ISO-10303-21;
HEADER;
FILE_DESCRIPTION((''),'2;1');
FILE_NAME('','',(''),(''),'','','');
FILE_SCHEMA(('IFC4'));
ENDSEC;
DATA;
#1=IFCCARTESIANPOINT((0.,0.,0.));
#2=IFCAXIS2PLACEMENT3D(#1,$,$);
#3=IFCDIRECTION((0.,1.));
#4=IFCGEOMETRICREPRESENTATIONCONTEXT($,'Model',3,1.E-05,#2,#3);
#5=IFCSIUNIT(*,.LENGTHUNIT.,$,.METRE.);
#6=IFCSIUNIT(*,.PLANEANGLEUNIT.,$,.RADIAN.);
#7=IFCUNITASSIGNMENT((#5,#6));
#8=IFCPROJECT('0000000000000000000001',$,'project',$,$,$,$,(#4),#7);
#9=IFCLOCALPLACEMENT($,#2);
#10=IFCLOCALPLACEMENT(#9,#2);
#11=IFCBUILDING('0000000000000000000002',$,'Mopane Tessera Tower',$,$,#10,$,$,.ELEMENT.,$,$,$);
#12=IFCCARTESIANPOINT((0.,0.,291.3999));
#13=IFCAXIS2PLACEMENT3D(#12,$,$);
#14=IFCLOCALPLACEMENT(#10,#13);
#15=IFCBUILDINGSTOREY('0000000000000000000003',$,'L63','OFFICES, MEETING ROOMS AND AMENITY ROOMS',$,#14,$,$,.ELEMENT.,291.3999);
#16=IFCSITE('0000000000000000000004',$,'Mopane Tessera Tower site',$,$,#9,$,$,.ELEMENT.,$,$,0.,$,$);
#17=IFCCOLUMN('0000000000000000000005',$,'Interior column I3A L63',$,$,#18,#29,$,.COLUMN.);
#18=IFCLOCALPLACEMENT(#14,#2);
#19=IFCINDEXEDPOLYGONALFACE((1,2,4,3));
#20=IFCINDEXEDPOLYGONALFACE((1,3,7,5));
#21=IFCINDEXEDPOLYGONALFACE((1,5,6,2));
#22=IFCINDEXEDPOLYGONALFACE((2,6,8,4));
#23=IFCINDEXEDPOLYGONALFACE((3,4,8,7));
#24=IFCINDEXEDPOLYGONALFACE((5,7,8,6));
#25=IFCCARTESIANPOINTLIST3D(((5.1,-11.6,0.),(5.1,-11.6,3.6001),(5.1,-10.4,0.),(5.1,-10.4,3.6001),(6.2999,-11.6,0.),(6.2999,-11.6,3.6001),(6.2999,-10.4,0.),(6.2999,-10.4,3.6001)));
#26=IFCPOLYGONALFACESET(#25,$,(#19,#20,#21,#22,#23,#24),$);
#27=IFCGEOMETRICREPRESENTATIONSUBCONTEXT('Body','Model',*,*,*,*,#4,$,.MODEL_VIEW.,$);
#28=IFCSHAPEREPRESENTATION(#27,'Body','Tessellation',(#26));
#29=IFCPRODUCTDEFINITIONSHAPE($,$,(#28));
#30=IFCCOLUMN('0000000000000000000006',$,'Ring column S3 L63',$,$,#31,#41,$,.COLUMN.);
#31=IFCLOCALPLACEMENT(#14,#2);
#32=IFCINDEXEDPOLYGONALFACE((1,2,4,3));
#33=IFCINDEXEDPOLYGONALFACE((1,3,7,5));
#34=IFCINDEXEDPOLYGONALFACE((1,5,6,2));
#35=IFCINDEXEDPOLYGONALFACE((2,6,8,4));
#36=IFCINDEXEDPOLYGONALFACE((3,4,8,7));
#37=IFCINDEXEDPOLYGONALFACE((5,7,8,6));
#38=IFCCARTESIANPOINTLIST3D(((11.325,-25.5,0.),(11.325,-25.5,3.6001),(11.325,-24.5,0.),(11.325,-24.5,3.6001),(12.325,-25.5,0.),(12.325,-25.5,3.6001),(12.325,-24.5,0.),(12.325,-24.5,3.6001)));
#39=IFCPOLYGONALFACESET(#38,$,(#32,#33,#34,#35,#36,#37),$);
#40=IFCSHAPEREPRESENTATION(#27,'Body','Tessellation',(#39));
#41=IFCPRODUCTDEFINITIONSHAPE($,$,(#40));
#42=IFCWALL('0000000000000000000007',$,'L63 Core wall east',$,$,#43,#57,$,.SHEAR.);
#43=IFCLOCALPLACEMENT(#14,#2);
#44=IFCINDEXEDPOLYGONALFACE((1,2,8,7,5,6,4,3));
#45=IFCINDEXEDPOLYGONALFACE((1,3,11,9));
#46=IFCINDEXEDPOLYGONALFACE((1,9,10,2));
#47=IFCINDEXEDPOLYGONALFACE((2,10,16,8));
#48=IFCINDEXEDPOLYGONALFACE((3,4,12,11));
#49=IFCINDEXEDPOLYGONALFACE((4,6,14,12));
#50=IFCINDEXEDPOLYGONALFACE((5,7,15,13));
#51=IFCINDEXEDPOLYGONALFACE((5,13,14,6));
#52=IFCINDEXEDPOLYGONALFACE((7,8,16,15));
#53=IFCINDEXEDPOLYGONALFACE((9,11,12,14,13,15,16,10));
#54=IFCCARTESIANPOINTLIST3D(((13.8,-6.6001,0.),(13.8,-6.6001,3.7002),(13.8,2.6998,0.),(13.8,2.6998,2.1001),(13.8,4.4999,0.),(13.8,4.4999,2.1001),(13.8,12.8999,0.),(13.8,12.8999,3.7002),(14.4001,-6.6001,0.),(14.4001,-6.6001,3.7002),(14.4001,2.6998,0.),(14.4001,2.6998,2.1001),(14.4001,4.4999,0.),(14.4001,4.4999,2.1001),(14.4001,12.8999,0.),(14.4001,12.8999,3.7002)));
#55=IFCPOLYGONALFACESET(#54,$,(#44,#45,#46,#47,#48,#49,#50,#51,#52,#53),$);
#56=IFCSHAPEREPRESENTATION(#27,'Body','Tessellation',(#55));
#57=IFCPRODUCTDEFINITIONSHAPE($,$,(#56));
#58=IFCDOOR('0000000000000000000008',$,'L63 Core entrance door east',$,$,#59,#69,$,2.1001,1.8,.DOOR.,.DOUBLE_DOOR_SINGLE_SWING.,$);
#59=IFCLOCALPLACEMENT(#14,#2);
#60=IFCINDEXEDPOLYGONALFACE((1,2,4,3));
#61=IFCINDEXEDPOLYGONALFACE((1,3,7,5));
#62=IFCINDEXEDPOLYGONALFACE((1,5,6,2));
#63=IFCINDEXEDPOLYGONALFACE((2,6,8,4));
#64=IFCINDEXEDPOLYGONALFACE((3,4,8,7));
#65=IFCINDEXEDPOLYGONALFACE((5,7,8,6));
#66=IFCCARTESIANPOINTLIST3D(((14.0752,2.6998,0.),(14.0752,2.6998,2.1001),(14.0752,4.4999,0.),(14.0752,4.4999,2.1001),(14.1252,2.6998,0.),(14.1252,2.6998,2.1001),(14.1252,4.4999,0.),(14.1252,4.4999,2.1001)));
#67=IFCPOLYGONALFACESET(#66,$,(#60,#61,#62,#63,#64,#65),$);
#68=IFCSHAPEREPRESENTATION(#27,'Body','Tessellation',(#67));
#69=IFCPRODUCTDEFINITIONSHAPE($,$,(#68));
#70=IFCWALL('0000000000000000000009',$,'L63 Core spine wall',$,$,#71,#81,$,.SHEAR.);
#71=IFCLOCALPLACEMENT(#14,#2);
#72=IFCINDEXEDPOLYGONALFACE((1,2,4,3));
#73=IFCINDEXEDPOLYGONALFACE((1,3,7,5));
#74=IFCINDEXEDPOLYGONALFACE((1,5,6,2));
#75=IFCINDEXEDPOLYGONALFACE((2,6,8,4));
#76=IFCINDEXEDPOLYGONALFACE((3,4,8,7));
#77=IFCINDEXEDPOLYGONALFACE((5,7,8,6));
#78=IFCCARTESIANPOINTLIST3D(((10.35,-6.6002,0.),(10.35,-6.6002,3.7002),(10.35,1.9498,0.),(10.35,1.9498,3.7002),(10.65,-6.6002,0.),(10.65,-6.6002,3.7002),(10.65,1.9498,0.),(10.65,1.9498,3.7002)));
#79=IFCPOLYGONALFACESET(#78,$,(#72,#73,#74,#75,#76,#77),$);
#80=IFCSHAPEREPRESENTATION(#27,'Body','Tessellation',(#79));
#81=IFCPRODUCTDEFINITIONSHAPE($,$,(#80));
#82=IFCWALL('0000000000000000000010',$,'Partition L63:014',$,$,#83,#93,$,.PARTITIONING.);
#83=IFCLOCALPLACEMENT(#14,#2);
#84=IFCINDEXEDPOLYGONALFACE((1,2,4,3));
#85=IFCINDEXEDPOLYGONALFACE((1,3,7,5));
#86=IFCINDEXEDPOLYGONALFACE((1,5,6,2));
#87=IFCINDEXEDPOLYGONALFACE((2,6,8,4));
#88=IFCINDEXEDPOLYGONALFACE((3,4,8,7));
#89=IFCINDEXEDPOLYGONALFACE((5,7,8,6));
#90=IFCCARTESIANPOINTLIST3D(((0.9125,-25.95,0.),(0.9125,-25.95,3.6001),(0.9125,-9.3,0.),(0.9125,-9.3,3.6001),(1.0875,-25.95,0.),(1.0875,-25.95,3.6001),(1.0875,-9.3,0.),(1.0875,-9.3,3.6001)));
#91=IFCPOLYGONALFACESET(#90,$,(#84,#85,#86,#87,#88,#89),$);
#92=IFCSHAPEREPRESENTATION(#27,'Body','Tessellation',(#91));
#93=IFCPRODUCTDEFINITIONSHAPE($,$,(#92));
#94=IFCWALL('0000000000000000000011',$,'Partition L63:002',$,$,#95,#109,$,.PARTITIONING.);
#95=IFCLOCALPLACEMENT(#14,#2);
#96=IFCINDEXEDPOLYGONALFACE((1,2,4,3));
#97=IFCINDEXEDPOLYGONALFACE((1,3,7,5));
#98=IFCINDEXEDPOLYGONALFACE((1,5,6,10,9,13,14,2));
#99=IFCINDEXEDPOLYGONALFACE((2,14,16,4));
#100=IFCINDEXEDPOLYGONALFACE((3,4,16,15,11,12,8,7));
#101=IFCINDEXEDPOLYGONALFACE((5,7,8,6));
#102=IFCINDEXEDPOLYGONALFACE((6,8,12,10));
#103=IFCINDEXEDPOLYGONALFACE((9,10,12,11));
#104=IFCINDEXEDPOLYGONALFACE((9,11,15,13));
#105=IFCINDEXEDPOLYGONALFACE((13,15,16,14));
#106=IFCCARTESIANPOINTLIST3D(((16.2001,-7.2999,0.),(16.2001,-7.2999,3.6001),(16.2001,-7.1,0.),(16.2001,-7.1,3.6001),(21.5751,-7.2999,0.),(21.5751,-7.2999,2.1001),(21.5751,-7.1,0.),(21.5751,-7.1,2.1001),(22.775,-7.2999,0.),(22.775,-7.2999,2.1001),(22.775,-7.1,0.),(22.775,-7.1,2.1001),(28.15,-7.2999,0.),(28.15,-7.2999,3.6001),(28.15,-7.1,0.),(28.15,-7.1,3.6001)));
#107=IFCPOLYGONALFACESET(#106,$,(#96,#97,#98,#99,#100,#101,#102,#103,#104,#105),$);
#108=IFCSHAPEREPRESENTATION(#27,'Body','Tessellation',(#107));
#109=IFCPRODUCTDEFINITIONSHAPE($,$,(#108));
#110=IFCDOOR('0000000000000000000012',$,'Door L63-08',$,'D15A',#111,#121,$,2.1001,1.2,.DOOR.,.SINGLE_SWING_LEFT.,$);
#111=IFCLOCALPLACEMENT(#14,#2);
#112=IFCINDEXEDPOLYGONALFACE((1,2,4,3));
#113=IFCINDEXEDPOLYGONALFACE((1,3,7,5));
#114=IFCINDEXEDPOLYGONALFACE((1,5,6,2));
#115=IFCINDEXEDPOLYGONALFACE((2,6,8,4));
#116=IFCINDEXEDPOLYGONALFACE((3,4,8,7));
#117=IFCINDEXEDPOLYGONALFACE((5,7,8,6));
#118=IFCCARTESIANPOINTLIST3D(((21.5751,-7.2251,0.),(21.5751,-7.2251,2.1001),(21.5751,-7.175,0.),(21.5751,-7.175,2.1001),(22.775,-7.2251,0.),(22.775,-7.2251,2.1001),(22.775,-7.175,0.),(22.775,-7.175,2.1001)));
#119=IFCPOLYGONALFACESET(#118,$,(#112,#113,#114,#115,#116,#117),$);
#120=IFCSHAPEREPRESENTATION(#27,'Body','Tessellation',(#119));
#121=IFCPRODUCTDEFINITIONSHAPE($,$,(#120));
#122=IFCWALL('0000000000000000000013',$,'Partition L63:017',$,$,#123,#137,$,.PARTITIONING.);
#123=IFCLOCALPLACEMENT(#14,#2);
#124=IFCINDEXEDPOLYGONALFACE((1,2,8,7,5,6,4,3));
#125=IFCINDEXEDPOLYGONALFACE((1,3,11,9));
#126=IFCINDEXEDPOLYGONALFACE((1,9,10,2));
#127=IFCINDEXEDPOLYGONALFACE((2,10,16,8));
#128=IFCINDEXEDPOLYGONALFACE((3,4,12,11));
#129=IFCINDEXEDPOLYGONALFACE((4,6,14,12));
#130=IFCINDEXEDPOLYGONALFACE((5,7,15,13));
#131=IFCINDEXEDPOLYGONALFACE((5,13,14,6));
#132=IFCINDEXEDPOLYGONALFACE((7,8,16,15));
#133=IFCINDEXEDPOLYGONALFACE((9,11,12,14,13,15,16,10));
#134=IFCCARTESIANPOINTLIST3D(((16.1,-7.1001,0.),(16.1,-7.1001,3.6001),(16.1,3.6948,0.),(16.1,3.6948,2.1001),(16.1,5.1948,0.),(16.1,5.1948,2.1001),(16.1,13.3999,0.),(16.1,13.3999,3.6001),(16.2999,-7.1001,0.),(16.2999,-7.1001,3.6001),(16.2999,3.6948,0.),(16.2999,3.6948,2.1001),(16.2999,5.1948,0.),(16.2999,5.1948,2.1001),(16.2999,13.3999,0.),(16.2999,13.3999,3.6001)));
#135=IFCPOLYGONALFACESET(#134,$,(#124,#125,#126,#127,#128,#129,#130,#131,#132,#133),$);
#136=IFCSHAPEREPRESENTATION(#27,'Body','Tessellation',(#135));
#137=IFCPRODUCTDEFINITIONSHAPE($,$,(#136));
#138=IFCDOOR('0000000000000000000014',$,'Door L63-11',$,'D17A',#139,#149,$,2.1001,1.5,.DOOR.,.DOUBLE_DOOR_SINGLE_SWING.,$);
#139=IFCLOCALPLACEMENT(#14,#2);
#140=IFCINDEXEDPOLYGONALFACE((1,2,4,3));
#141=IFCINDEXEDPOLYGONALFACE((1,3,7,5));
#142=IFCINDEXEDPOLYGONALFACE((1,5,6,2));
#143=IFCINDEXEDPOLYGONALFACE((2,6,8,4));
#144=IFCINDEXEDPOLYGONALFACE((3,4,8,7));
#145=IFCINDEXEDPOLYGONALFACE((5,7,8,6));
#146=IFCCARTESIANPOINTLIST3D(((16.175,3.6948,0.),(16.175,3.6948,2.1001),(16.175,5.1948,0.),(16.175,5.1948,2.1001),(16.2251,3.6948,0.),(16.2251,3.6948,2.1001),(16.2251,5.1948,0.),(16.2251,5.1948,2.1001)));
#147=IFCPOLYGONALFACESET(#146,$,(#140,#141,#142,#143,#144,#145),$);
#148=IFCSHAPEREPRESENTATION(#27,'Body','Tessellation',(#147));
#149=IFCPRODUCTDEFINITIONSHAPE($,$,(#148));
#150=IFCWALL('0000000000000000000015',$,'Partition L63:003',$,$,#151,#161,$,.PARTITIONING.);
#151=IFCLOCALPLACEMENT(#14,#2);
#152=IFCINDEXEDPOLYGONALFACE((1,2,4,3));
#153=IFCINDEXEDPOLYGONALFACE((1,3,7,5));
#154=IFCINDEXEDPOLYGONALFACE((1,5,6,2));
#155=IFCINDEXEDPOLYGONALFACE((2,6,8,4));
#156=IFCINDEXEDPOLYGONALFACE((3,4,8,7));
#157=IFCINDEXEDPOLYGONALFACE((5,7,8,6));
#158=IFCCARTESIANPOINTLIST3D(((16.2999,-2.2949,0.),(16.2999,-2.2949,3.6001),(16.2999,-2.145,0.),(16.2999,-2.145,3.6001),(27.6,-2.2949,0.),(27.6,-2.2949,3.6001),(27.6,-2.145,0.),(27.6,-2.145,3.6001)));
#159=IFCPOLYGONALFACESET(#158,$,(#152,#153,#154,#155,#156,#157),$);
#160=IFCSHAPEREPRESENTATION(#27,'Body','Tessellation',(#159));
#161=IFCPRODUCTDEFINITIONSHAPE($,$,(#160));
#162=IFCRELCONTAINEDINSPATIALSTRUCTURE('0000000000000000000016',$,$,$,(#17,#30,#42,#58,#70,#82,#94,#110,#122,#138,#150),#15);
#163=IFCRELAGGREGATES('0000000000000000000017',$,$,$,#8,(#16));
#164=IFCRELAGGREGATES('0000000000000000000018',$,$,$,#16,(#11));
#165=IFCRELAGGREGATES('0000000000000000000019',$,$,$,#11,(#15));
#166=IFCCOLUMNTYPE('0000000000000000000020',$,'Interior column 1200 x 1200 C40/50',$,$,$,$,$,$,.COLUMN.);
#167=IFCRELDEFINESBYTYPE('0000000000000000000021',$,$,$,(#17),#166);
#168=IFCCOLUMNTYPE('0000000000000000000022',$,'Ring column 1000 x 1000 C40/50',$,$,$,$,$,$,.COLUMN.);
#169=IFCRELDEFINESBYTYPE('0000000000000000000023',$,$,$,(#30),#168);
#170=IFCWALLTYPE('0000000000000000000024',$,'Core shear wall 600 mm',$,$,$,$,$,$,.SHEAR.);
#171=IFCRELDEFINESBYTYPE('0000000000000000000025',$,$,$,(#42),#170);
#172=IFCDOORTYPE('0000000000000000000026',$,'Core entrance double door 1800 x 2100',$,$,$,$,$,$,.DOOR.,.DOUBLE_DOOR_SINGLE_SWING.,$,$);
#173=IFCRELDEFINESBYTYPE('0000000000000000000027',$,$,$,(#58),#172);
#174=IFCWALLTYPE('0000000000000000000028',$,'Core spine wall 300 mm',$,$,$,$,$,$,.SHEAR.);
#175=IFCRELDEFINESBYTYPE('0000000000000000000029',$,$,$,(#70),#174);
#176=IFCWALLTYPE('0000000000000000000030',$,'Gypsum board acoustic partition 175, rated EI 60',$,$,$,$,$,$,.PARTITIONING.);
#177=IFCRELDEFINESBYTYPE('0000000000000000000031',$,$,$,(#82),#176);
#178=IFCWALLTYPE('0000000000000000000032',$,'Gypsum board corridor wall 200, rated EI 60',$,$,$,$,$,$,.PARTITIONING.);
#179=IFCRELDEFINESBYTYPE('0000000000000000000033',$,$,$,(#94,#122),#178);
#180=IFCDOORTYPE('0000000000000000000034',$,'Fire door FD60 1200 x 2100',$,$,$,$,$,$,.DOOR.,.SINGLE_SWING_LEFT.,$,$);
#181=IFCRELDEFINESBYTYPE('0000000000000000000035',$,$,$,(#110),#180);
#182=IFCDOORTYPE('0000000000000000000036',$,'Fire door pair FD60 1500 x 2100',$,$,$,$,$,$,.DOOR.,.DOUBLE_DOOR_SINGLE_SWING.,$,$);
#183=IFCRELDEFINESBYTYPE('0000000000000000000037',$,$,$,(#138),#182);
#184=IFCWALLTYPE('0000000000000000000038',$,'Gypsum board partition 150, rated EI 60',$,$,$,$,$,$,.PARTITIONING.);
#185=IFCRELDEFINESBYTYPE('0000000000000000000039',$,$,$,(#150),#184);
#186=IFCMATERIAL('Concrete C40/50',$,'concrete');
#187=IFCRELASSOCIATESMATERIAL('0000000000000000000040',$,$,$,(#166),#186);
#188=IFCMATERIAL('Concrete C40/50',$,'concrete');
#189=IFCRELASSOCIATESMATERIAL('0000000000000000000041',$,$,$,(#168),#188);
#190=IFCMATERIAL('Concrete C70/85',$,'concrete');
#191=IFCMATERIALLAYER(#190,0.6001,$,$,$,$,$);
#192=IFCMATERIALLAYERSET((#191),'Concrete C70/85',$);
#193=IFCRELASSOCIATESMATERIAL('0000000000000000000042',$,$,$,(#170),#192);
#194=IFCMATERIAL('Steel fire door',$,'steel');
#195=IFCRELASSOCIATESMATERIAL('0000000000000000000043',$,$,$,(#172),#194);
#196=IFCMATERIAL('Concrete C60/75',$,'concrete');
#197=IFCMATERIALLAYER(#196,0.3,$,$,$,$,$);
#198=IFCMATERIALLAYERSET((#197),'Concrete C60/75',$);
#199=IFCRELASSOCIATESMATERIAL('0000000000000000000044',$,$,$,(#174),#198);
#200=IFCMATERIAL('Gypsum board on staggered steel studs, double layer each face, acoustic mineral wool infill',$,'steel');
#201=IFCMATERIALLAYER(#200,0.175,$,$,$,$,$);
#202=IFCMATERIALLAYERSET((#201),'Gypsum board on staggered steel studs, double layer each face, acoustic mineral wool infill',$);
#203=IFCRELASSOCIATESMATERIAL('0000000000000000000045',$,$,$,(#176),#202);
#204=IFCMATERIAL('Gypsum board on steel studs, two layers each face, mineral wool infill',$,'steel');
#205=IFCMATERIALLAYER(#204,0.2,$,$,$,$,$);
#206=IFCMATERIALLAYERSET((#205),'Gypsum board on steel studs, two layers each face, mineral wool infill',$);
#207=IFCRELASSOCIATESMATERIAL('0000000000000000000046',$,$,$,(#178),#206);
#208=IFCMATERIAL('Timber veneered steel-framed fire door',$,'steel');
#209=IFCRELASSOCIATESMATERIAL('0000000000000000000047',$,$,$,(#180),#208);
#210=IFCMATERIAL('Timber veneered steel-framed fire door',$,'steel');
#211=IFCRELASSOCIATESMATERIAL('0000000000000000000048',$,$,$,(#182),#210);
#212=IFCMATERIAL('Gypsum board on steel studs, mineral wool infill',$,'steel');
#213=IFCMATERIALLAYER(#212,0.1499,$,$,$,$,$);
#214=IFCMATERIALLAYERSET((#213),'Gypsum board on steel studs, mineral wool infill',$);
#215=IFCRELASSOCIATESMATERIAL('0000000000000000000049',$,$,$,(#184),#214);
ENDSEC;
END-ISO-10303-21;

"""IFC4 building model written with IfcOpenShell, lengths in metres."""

from ifc_helpers import new_model, si_unit, direction, frame, frame_2d, origin, origin_2d, place, context, subcontext, project, spatial, rectangle, extrude, material, layer, layer_set, material_profile, profile_set, type_object, element, fill, save


model = new_model("IFC4")

# Units and contexts
model_context = context("Model", 3, precision=1e-05, world=origin(), true_north=direction((0.0, 1.0)))
body_context = subcontext(model_context, "Body", "Model", "MODEL_VIEW")
ifc_project = project(units=[si_unit("LENGTHUNIT", "METRE"), si_unit("PLANEANGLEUNIT", "RADIAN")], contexts=[model_context])

# Site, building, storey
site_placement = place(None, origin())
site = spatial("IfcSite", under=ifc_project, at=site_placement, Name="Mopane Tessera Tower site", CompositionType="ELEMENT", RefElevation=0.0)
building_placement = place(site_placement, origin())
building = spatial("IfcBuilding", under=site, at=building_placement, Name="Mopane Tessera Tower", CompositionType="ELEMENT")
storey_placement = place(building_placement, frame((0.0, 0.0, 291.3999)))
storey = spatial("IfcBuildingStorey", under=building, at=storey_placement, Name="L63", Description="OFFICES, MEETING ROOMS AND AMENITY ROOMS", CompositionType="ELEMENT", Elevation=291.3999)

# Columns
ifc_material_1 = material(Name="Concrete C40/50", Category="concrete")
ifc_material_profile_1 = material_profile(ifc_material_1, rectangle(XDim=1.2, YDim=1.2, at=origin_2d()))
ifc_profile_set_1 = profile_set([ifc_material_profile_1], Name="Concrete C40/50")
column_type_1 = type_object("IfcColumnType", Name="Interior column 1200 x 1200 C40/50", PredefinedType="COLUMN", material=ifc_profile_set_1)
column_1_placement = place(storey_placement, frame((5.7, -11.0, 0.0), z_axis=(0.0, 0.0, 1.0), x_axis=(1.0, 0.0, 0.0)))
element("IfcColumn", 1, at=column_1_placement, inside=storey, type_object=column_type_1, Name="Interior column I3A L63", PredefinedType="COLUMN", context=body_context, shape_type="SweptSolid", body=[
    extrude(rectangle(XDim=1.2, YDim=1.2, at=origin_2d()), origin(), (0.0, 0.0, 1.0), 3.6001),
])
ifc_material_2 = material(Name="Concrete C40/50", Category="concrete")
ifc_material_profile_2 = material_profile(ifc_material_2, rectangle(XDim=1.0, YDim=1.0, at=origin_2d()))
ifc_profile_set_2 = profile_set([ifc_material_profile_2], Name="Concrete C40/50")
column_type_2 = type_object("IfcColumnType", Name="Ring column 1000 x 1000 C40/50", PredefinedType="COLUMN", material=ifc_profile_set_2)
column_2_placement = place(storey_placement, frame((11.825, -25.0, 0.0), z_axis=(0.0, 0.0, 1.0), x_axis=(1.0, 0.0, 0.0)))
element("IfcColumn", 2, at=column_2_placement, inside=storey, type_object=column_type_2, Name="Ring column S3 L63", PredefinedType="COLUMN", context=body_context, shape_type="SweptSolid", body=[
    extrude(rectangle(XDim=1.0, YDim=1.0, at=origin_2d()), origin(), (0.0, 0.0, 1.0), 3.6001),
])

# Wall, opening, door
ifc_material_3 = material(Name="Concrete C70/85", Category="concrete")
ifc_layer_1 = layer(ifc_material_3, 0.6001)
ifc_layer_set_1 = layer_set([ifc_layer_1], Name="Concrete C70/85")
wall_type_1 = type_object("IfcWallType", Name="Core shear wall 600 mm", PredefinedType="SHEAR", material=ifc_layer_set_1)
wall_1_placement = place(storey_placement, frame((14.1001, -6.6001, 0.0), z_axis=(0.0, 0.0, 1.0), x_axis=(0.0, 1.0, 0.0)))
wall_1 = element("IfcWall", 3, at=wall_1_placement, inside=storey, type_object=wall_type_1, Name="L63 Core wall east", PredefinedType="SHEAR", context=body_context, shape_type="SweptSolid", body=[
    extrude(rectangle(XDim=19.5, YDim=0.6001, at=frame_2d((9.75, 0.0))), origin(), (0.0, 0.0, 1.0), 3.7002),
])
opening_1_placement = place(wall_1_placement, frame((9.3, 0.0, 0.0)))
opening_1 = element("IfcOpeningElement", 4, at=opening_1_placement, cuts=wall_1, PredefinedType="OPENING", context=body_context, shape_type="SweptSolid", body=[
    extrude(rectangle(XDim=1.8, YDim=2.1001, at=frame_2d((0.8999, 1.05))), frame((0.0, 0.312, 0.0), z_axis=(0.0, -1.0, 0.0), x_axis=(1.0, 0.0, 0.0)), (0.0, 0.0, 1.0), 0.624),
])
ifc_material_4 = material(Name="Steel fire door", Category="steel")
door_type_1 = type_object("IfcDoorType", Name="Core entrance double door 1800 x 2100", OperationType="DOUBLE_DOOR_SINGLE_SWING", PredefinedType="DOOR", material=ifc_material_4)
door_1_placement = place(opening_1_placement, origin())
door_1 = element("IfcDoor", 5, at=door_1_placement, inside=storey, type_object=door_type_1, Name="L63 Core entrance door east", OperationType="DOUBLE_DOOR_SINGLE_SWING", OverallHeight=2.1001, OverallWidth=1.8, PredefinedType="DOOR", context=body_context, shape_type="SweptSolid", body=[
    extrude(rectangle(XDim=1.8, YDim=2.1001, at=frame_2d((0.8999, 1.05))), frame((0.0, 0.0249, 0.0), z_axis=(0.0, -1.0, 0.0), x_axis=(1.0, 0.0, 0.0)), (0.0, 0.0, 1.0), 0.05),
])
fill(opening_1, door_1)

# Walls
ifc_material_5 = material(Name="Concrete C60/75", Category="concrete")
ifc_layer_2 = layer(ifc_material_5, 0.3)
ifc_layer_set_2 = layer_set([ifc_layer_2], Name="Concrete C60/75")
wall_type_2 = type_object("IfcWallType", Name="Core spine wall 300 mm", PredefinedType="SHEAR", material=ifc_layer_set_2)
wall_2_placement = place(storey_placement, frame((10.5, -6.6001, 0.0), z_axis=(0.0, 0.0, 1.0), x_axis=(0.0, 1.0, 0.0)))
element("IfcWall", 6, at=wall_2_placement, inside=storey, type_object=wall_type_2, Name="L63 Core spine wall", PredefinedType="SHEAR", context=body_context, shape_type="SweptSolid", body=[
    extrude(rectangle(XDim=8.55, YDim=0.3, at=frame_2d((4.2749, 0.0))), origin(), (0.0, 0.0, 1.0), 3.7002),
])
ifc_material_6 = material(Name="Gypsum board on staggered steel studs, double layer each face, acoustic mineral wool infill", Category="steel")
ifc_layer_3 = layer(ifc_material_6, 0.175)
ifc_layer_set_3 = layer_set([ifc_layer_3], Name="Gypsum board on staggered steel studs, double layer each face, acoustic mineral wool infill")
wall_type_3 = type_object("IfcWallType", Name="Gypsum board acoustic partition 175, rated EI 60", PredefinedType="PARTITIONING", material=ifc_layer_set_3)
wall_3_placement = place(storey_placement, frame((1.0, -25.95, 0.0), z_axis=(0.0, 0.0, 1.0), x_axis=(0.0, 1.0, 0.0)))
element("IfcWall", 7, at=wall_3_placement, inside=storey, type_object=wall_type_3, Name="Partition L63:014", PredefinedType="PARTITIONING", context=body_context, shape_type="SweptSolid", body=[
    extrude(rectangle(XDim=16.6499, YDim=0.175, at=frame_2d((8.325, 0.0))), origin(), (0.0, 0.0, 1.0), 3.6001),
])

# Walls, openings, doors
ifc_material_7 = material(Name="Gypsum board on steel studs, two layers each face, mineral wool infill", Category="steel")
ifc_layer_4 = layer(ifc_material_7, 0.2)
ifc_layer_set_4 = layer_set([ifc_layer_4], Name="Gypsum board on steel studs, two layers each face, mineral wool infill")
wall_type_4 = type_object("IfcWallType", Name="Gypsum board corridor wall 200, rated EI 60", PredefinedType="PARTITIONING", material=ifc_layer_set_4)
wall_4_placement = place(storey_placement, frame((16.2, -7.2, 0.0), z_axis=(0.0, 0.0, 1.0), x_axis=(1.0, 0.0, 0.0)))
wall_4 = element("IfcWall", 8, at=wall_4_placement, inside=storey, type_object=wall_type_4, Name="Partition L63:002", PredefinedType="PARTITIONING", context=body_context, shape_type="SweptSolid", body=[
    extrude(rectangle(XDim=11.95, YDim=0.2, at=frame_2d((5.9751, 0.0))), origin(), (0.0, 0.0, 1.0), 3.6001),
])
opening_2_placement = place(wall_4_placement, frame((5.375, 0.0, 0.0)))
opening_2 = element("IfcOpeningElement", 9, at=opening_2_placement, cuts=wall_4, PredefinedType="OPENING", context=body_context, shape_type="SweptSolid", body=[
    extrude(rectangle(XDim=1.2, YDim=2.1001, at=frame_2d((0.6001, 1.05))), frame((0.0, 0.1121, 0.0), z_axis=(0.0, -1.0, 0.0), x_axis=(1.0, 0.0, 0.0)), (0.0, 0.0, 1.0), 0.2239),
])
ifc_material_8 = material(Name="Timber veneered steel-framed fire door", Category="steel")
door_type_2 = type_object("IfcDoorType", Name="Fire door FD60 1200 x 2100", OperationType="SINGLE_SWING_LEFT", PredefinedType="DOOR", material=ifc_material_8)
door_2_placement = place(opening_2_placement, origin())
door_2 = element("IfcDoor", 10, at=door_2_placement, inside=storey, type_object=door_type_2, Name="Door L63-08", ObjectType="D15A", OperationType="SINGLE_SWING_LEFT", OverallHeight=2.1001, OverallWidth=1.2, PredefinedType="DOOR", context=body_context, shape_type="SweptSolid", body=[
    extrude(rectangle(XDim=1.2, YDim=2.1001, at=frame_2d((0.6001, 1.05))), frame((0.0, 0.0249, 0.0), z_axis=(0.0, -1.0, 0.0), x_axis=(1.0, 0.0, 0.0)), (0.0, 0.0, 1.0), 0.05),
])
fill(opening_2, door_2)
wall_5_placement = place(storey_placement, frame((16.2, -7.1001, 0.0), z_axis=(0.0, 0.0, 1.0), x_axis=(0.0, 1.0, 0.0)))
wall_5 = element("IfcWall", 11, at=wall_5_placement, inside=storey, type_object=wall_type_4, Name="Partition L63:017", PredefinedType="PARTITIONING", context=body_context, shape_type="SweptSolid", body=[
    extrude(rectangle(XDim=20.5, YDim=0.2, at=frame_2d((10.25, 0.0))), origin(), (0.0, 0.0, 1.0), 3.6001),
])
opening_3_placement = place(wall_5_placement, frame((10.7949, 0.0, 0.0)))
opening_3 = element("IfcOpeningElement", 12, at=opening_3_placement, cuts=wall_5, PredefinedType="OPENING", context=body_context, shape_type="SweptSolid", body=[
    extrude(rectangle(XDim=1.5, YDim=2.1001, at=frame_2d((0.75, 1.05))), frame((0.0, 0.1121, 0.0), z_axis=(0.0, -1.0, 0.0), x_axis=(1.0, 0.0, 0.0)), (0.0, 0.0, 1.0), 0.2239),
])
ifc_material_9 = material(Name="Timber veneered steel-framed fire door", Category="steel")
door_type_3 = type_object("IfcDoorType", Name="Fire door pair FD60 1500 x 2100", OperationType="DOUBLE_DOOR_SINGLE_SWING", PredefinedType="DOOR", material=ifc_material_9)
door_3_placement = place(opening_3_placement, origin())
door_3 = element("IfcDoor", 13, at=door_3_placement, inside=storey, type_object=door_type_3, Name="Door L63-11", ObjectType="D17A", OperationType="DOUBLE_DOOR_SINGLE_SWING", OverallHeight=2.1001, OverallWidth=1.5, PredefinedType="DOOR", context=body_context, shape_type="SweptSolid", body=[
    extrude(rectangle(XDim=1.5, YDim=2.1001, at=frame_2d((0.75, 1.05))), frame((0.0, 0.0249, 0.0), z_axis=(0.0, -1.0, 0.0), x_axis=(1.0, 0.0, 0.0)), (0.0, 0.0, 1.0), 0.05),
])
fill(opening_3, door_3)

# Wall
ifc_material_10 = material(Name="Gypsum board on steel studs, mineral wool infill", Category="steel")
ifc_layer_5 = layer(ifc_material_10, 0.1499)
ifc_layer_set_5 = layer_set([ifc_layer_5], Name="Gypsum board on steel studs, mineral wool infill")
wall_type_5 = type_object("IfcWallType", Name="Gypsum board partition 150, rated EI 60", PredefinedType="PARTITIONING", material=ifc_layer_set_5)
wall_6_placement = place(storey_placement, frame((16.3, -2.22, 0.0), z_axis=(0.0, 0.0, 1.0), x_axis=(1.0, 0.0, 0.0)))
element("IfcWall", 14, at=wall_6_placement, inside=storey, type_object=wall_type_5, Name="Partition L63:003", PredefinedType="PARTITIONING", context=body_context, shape_type="SweptSolid", body=[
    extrude(rectangle(XDim=11.3, YDim=0.1499, at=frame_2d((5.6499, 0.0))), origin(), (0.0, 0.0, 1.0), 3.6001),
])

save(model, "model.ifc")
